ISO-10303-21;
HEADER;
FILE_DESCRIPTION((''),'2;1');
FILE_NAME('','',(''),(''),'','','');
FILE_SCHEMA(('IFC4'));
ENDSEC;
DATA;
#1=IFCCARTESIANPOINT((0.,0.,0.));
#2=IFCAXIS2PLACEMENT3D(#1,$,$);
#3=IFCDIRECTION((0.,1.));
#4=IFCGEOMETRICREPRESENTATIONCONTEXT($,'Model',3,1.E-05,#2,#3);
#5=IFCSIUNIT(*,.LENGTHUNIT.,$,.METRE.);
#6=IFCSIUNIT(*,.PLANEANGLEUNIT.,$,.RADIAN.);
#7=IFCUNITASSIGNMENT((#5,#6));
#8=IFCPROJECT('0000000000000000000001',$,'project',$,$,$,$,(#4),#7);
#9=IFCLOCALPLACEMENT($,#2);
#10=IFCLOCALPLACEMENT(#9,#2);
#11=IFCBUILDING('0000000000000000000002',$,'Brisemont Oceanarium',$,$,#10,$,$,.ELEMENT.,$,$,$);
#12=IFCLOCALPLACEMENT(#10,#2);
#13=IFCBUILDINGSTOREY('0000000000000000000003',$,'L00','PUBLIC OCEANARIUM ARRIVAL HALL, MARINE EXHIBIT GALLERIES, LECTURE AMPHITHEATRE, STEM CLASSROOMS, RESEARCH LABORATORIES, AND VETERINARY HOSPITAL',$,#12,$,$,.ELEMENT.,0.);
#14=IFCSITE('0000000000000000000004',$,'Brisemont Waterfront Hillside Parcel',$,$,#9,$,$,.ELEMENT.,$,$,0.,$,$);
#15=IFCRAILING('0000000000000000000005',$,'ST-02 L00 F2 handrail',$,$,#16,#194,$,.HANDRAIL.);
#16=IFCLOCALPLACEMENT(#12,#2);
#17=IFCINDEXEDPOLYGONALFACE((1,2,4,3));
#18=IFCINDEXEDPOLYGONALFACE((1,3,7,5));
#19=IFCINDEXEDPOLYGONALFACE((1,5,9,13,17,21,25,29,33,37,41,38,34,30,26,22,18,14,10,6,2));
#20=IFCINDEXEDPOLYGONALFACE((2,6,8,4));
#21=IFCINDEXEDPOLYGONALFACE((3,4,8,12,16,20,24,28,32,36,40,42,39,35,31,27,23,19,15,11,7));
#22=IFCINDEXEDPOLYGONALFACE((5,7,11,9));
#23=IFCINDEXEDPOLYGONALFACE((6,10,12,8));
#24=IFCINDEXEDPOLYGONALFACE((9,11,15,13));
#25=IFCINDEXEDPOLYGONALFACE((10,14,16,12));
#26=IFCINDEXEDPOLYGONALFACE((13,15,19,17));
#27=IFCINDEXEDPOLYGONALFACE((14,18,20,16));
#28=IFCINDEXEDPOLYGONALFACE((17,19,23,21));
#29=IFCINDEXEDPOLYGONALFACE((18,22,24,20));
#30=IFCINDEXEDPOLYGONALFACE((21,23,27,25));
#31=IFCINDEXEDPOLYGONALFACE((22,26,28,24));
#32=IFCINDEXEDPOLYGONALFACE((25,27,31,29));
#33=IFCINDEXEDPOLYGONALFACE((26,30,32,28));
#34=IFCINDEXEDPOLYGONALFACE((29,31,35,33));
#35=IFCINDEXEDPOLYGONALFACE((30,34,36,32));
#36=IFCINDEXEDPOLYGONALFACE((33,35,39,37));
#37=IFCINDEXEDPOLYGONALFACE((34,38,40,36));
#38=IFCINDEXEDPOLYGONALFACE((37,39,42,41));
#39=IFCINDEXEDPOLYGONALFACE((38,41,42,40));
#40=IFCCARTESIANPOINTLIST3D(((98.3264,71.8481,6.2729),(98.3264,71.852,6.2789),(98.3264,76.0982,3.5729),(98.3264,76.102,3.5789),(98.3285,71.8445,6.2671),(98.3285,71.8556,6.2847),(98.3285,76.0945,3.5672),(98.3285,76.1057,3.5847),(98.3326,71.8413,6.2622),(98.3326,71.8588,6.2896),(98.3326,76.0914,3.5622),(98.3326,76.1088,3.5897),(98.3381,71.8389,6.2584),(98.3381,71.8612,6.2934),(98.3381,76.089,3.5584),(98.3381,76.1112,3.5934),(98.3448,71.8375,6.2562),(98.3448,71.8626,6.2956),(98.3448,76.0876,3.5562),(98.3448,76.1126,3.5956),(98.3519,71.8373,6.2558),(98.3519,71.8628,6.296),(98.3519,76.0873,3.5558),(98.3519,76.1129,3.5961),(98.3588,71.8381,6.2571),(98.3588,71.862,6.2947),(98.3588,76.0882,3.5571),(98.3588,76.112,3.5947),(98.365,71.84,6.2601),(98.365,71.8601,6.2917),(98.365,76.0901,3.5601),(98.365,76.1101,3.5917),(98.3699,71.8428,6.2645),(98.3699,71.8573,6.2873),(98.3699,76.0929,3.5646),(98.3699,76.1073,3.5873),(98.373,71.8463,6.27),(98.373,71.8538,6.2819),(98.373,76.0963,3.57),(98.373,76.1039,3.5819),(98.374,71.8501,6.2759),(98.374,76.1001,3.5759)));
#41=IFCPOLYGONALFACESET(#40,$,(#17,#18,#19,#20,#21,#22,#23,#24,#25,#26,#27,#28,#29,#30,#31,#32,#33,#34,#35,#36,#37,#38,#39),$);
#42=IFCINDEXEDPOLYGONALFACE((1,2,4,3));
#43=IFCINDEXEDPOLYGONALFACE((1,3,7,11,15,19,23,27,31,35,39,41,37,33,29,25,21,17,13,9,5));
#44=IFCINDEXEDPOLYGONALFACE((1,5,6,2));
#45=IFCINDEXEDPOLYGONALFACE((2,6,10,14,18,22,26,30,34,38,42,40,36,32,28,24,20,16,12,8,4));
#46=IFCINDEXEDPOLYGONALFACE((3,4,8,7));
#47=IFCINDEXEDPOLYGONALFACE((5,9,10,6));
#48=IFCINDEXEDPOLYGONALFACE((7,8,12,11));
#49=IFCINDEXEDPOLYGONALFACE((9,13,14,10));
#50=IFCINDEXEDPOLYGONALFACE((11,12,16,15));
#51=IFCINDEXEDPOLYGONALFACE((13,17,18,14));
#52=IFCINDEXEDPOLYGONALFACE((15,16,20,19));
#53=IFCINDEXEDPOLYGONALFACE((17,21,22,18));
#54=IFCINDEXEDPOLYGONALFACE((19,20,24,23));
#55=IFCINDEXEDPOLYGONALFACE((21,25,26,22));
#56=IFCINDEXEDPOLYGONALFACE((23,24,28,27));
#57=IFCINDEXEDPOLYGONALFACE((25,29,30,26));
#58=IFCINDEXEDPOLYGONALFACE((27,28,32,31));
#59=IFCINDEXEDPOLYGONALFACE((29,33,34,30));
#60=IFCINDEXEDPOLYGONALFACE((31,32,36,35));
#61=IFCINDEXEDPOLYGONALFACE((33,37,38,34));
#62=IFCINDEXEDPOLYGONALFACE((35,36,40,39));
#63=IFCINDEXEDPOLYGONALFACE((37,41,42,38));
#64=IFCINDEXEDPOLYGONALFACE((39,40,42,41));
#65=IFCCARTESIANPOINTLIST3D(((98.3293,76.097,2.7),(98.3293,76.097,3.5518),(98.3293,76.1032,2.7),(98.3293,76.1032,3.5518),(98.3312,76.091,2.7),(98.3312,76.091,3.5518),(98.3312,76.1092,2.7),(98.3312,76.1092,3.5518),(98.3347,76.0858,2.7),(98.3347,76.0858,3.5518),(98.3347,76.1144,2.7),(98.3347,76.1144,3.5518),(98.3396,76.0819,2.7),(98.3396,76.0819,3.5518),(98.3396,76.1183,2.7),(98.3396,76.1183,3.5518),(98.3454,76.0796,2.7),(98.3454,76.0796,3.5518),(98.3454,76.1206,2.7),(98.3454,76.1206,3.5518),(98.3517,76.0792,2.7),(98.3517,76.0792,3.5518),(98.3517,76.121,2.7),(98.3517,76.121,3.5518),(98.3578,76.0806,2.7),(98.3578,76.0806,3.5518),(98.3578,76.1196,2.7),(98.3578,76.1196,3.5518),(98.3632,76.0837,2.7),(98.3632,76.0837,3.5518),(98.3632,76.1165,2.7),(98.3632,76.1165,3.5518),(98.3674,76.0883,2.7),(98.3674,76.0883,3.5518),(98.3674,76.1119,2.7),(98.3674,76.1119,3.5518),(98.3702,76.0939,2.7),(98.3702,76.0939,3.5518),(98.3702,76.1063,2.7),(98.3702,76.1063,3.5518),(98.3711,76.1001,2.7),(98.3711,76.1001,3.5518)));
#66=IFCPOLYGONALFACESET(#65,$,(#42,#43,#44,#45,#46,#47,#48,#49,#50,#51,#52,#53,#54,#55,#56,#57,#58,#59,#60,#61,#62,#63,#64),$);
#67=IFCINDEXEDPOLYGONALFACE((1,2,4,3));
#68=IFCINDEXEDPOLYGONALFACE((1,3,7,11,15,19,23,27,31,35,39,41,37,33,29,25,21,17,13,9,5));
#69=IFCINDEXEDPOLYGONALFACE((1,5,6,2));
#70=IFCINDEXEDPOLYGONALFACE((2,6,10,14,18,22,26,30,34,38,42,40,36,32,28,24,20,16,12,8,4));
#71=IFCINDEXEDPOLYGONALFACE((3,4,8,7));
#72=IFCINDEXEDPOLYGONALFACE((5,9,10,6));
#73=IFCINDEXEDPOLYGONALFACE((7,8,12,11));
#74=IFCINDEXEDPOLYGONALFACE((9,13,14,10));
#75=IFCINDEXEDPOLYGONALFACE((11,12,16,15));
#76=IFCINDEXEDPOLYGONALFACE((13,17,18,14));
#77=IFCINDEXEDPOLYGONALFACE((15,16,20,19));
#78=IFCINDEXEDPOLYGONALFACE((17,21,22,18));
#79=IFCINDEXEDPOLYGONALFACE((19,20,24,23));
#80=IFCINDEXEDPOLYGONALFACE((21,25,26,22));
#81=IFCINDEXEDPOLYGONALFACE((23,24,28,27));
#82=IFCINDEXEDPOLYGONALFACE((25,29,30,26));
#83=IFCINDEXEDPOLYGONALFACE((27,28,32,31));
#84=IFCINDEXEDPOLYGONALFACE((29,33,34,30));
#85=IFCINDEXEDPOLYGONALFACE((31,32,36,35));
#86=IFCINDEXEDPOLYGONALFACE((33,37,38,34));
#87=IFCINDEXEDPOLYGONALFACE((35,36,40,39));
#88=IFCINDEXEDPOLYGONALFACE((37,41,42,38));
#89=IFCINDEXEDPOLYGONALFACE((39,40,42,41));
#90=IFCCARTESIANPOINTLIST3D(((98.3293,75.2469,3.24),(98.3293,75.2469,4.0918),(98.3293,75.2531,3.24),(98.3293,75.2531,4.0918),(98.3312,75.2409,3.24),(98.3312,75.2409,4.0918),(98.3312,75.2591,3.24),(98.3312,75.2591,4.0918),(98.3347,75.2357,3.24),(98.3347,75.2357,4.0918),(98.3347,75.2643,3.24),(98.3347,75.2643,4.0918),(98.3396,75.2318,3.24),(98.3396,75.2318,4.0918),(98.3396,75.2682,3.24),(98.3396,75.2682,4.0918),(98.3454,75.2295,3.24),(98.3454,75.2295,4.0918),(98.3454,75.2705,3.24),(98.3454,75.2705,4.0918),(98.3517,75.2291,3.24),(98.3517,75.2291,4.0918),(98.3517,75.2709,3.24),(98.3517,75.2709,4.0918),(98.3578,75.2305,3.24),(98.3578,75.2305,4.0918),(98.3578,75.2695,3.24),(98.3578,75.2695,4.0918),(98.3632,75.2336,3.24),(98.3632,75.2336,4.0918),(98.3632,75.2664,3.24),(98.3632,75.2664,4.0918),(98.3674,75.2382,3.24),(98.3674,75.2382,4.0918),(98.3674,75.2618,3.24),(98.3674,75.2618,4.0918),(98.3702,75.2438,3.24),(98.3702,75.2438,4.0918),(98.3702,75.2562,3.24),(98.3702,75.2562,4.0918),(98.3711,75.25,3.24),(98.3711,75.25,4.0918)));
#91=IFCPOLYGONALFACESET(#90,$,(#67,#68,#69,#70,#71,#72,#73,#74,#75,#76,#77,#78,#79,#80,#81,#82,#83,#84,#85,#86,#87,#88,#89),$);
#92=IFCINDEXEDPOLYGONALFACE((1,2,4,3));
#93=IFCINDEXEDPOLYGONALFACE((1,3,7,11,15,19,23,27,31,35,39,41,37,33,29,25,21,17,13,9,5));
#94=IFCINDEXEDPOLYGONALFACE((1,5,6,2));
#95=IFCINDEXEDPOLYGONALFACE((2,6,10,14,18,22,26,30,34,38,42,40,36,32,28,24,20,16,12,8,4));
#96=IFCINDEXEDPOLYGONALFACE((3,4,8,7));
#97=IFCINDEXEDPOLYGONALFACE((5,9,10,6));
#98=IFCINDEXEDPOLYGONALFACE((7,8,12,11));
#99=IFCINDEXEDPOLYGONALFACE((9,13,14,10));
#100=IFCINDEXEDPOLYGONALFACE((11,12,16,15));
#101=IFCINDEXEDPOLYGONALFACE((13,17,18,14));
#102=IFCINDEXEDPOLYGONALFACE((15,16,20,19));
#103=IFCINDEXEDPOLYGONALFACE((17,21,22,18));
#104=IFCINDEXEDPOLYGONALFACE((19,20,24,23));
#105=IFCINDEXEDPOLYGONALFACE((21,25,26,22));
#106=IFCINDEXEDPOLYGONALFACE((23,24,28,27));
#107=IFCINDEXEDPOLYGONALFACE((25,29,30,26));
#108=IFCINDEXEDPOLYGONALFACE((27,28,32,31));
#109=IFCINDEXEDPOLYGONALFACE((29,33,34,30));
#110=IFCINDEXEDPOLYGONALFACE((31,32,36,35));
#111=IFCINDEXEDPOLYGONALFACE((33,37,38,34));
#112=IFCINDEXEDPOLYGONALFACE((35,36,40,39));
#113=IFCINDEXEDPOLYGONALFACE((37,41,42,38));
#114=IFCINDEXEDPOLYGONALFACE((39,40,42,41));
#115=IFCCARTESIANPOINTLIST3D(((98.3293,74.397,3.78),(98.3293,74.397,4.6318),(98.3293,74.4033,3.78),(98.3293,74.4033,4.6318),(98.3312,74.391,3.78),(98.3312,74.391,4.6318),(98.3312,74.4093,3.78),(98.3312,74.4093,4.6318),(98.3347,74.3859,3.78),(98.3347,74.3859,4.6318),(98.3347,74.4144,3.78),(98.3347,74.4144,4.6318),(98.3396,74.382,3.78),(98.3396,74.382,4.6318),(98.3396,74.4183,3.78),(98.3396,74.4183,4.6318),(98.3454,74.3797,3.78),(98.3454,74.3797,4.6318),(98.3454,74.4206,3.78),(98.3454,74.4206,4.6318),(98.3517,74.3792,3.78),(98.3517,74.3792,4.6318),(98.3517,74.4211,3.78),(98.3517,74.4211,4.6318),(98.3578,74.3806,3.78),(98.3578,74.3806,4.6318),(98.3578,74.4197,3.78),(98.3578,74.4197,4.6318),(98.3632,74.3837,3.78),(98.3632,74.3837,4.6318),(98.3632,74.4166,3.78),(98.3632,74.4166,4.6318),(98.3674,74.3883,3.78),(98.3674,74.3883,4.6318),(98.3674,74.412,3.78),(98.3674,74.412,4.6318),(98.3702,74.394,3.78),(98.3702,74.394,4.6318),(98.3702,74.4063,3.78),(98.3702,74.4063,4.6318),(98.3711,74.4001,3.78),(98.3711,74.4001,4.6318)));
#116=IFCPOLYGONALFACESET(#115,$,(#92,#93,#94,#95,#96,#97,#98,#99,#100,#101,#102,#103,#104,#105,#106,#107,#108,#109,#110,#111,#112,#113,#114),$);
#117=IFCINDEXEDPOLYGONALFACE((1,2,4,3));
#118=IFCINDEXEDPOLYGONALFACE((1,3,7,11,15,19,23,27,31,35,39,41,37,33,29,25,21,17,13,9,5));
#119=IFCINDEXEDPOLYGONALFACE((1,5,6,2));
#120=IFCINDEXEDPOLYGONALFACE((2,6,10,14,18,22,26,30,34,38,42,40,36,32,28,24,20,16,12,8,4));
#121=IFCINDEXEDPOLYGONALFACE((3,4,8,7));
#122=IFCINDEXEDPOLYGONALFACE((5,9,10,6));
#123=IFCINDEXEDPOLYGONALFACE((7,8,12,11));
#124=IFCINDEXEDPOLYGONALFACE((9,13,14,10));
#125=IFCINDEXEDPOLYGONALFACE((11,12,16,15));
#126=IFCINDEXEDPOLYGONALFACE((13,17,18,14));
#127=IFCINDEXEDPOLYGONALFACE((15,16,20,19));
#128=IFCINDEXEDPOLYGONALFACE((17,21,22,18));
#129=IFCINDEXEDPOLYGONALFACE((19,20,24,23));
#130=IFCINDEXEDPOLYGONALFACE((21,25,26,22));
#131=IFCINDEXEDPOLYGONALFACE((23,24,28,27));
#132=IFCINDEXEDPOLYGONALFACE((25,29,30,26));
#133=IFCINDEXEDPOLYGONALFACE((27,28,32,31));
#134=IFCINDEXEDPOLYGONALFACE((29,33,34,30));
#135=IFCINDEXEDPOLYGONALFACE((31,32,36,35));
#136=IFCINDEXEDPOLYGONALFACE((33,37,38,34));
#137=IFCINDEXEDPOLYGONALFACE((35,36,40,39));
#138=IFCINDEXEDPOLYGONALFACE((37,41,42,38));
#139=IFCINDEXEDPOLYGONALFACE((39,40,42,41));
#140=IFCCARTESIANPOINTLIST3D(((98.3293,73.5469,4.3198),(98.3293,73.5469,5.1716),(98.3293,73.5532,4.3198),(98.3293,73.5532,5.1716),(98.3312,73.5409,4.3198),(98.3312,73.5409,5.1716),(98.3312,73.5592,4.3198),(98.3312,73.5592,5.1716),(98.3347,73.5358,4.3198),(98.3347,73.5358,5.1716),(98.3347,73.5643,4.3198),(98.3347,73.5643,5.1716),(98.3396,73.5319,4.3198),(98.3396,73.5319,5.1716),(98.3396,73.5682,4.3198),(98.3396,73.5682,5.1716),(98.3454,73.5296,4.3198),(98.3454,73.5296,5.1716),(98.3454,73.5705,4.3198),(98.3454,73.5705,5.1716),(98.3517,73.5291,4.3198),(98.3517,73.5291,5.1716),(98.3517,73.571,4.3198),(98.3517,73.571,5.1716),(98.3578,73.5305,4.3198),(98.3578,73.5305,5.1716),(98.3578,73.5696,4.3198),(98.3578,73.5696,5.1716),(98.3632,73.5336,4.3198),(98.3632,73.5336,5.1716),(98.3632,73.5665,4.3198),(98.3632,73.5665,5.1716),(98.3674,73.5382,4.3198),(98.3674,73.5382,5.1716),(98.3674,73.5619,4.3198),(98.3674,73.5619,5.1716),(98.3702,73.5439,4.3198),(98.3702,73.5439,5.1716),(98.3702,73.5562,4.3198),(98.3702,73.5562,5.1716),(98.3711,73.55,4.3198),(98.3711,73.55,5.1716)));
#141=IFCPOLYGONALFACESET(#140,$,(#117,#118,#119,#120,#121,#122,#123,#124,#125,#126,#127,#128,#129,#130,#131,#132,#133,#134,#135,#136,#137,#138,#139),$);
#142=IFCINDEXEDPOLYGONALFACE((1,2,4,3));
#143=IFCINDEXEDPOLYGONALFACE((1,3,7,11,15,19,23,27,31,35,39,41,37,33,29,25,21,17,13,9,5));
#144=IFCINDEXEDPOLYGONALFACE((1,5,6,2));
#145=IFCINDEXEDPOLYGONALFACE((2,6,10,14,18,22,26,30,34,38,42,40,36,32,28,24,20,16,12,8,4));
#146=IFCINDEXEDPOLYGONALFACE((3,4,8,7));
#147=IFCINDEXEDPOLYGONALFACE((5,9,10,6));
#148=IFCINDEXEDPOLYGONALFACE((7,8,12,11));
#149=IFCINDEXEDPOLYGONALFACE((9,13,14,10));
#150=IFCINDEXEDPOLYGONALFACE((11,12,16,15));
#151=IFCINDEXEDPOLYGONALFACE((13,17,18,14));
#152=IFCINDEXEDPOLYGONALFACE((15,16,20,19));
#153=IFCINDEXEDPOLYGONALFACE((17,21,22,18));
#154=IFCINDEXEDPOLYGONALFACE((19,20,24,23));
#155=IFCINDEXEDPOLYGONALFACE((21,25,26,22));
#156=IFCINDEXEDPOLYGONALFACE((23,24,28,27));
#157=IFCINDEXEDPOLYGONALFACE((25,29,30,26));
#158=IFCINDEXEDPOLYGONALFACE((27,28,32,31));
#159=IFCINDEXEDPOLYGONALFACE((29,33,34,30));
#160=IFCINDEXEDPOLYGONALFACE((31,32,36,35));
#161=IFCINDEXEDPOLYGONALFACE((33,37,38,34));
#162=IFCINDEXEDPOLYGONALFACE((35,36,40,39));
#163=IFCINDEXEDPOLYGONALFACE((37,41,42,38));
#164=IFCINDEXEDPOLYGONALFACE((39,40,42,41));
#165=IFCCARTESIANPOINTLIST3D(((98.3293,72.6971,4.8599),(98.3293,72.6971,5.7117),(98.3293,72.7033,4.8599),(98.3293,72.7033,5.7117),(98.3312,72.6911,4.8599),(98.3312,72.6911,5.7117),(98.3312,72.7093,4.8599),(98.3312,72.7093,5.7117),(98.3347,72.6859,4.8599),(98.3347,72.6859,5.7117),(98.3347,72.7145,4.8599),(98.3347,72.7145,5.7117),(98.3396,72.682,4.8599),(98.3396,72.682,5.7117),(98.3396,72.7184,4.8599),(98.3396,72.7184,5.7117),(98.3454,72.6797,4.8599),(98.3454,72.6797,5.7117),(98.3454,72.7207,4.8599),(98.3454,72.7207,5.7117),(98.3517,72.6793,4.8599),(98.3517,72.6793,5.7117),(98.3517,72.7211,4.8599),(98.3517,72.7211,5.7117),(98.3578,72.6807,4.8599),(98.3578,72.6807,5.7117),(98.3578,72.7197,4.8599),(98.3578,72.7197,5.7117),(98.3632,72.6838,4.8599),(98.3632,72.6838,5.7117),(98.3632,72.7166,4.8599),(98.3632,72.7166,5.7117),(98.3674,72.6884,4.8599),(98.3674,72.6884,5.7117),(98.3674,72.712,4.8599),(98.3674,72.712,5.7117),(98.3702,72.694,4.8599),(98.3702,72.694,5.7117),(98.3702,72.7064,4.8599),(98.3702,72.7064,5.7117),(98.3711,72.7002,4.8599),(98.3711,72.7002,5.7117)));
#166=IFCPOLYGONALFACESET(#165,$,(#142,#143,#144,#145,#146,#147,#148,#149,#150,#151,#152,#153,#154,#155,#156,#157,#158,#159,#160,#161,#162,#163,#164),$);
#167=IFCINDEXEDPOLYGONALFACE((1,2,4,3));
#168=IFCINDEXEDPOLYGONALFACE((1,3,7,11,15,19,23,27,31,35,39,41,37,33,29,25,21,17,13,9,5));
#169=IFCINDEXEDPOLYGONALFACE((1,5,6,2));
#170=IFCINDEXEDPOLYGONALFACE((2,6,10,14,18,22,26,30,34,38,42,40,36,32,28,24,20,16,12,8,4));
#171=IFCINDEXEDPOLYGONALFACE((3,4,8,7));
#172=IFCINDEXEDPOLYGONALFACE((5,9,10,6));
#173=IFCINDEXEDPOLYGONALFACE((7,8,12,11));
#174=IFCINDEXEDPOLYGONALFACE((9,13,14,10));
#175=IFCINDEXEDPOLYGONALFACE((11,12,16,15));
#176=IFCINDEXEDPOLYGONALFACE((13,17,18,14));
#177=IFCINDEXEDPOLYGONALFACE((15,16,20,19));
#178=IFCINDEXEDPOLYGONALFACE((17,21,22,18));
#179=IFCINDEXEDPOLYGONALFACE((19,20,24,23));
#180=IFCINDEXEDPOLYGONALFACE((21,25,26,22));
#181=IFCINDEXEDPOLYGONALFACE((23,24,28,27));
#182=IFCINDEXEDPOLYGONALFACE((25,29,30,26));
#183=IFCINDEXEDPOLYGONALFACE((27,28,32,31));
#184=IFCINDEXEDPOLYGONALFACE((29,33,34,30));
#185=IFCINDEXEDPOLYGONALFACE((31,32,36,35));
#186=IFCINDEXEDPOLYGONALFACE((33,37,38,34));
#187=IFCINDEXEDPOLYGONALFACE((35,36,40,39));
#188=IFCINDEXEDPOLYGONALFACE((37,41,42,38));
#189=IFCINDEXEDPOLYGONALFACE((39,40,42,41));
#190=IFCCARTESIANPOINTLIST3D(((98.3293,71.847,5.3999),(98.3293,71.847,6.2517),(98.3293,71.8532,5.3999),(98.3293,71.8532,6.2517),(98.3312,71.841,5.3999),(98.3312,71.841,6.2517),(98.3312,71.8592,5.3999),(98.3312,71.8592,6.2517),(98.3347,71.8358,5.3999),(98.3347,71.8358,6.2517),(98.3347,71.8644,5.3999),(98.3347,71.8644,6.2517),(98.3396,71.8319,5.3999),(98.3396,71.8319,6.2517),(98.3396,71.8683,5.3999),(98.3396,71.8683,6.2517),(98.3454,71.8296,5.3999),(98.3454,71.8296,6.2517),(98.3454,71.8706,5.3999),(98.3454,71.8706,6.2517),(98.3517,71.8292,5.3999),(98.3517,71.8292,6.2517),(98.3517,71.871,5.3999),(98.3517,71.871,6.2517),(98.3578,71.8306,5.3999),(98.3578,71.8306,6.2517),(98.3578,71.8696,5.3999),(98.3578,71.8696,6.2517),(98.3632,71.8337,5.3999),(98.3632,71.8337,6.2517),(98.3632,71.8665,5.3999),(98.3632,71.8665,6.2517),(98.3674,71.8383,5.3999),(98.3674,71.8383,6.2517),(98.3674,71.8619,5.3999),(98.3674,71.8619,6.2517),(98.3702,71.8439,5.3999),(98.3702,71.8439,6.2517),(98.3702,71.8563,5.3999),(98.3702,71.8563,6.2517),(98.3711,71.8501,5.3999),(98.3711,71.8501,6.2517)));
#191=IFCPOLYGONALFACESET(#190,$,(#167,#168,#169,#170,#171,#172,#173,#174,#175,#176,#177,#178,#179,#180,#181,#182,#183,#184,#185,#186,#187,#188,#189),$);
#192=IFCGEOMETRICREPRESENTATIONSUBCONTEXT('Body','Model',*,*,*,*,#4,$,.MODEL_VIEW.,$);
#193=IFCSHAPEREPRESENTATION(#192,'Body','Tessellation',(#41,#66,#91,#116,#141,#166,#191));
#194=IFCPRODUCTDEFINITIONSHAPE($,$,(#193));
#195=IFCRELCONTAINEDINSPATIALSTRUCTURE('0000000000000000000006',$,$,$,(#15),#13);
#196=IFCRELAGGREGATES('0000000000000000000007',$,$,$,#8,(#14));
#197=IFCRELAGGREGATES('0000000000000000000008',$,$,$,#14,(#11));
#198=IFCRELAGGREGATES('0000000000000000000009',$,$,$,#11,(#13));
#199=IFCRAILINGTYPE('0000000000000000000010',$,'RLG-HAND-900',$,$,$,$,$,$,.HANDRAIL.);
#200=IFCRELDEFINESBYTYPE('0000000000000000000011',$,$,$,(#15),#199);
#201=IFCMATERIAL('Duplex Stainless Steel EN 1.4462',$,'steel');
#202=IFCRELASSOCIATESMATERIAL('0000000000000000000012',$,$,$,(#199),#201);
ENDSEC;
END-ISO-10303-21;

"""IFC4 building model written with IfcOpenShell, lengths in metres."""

from ifc_helpers import new_model, si_unit, direction, frame, origin, origin_2d, place, context, subcontext, project, spatial, circle, extrude, material, type_object, element, save


model = new_model("IFC4")

# Units and contexts
model_context = context("Model", 3, precision=1e-05, world=origin(), true_north=direction((0.0, 1.0)))
body_context = subcontext(model_context, "Body", "Model", "MODEL_VIEW")
ifc_project = project(units=[si_unit("LENGTHUNIT", "METRE"), si_unit("PLANEANGLEUNIT", "RADIAN")], contexts=[model_context])

# Site, building, storey
site_placement = place(None, origin())
site = spatial("IfcSite", under=ifc_project, at=site_placement, Name="Brisemont Waterfront Hillside Parcel", CompositionType="ELEMENT", RefElevation=0.0)
building_placement = place(site_placement, origin())
building = spatial("IfcBuilding", under=site, at=building_placement, Name="Brisemont Oceanarium", CompositionType="ELEMENT")
storey_placement = place(building_placement, origin())
storey = spatial("IfcBuildingStorey", under=building, at=storey_placement, Name="L00", Description="PUBLIC OCEANARIUM ARRIVAL HALL, MARINE EXHIBIT GALLERIES, LECTURE AMPHITHEATRE, STEM CLASSROOMS, RESEARCH LABORATORIES, AND VETERINARY HOSPITAL", CompositionType="ELEMENT", Elevation=0.0)

# Railing
ifc_material_1 = material(Name="Duplex Stainless Steel EN 1.4462", Category="steel")
railing_type_1 = type_object("IfcRailingType", Name="RLG-HAND-900", PredefinedType="HANDRAIL", material=ifc_material_1)
railing_1_placement = place(storey_placement, frame((98.3501, 76.1001, 2.7)))
element("IfcRailing", 1, at=railing_1_placement, inside=storey, type_object=railing_type_1, Name="ST-02 L00 F2 handrail", PredefinedType="HANDRAIL", context=body_context, shape_type="SweptSolid", body=[
    extrude(circle(Radius=0.0239, at=origin_2d()), frame((0.0, 0.0, 0.876), z_axis=(0.0, -0.844075, 0.536226), x_axis=(1.0, 0.0, 0.0)), (0.0, 0.0, 1.0), 5.0352),
    extrude(circle(Radius=0.021, at=origin_2d()), origin(), (0.0, 0.0, 1.0), 0.8518),
    extrude(circle(Radius=0.021, at=origin_2d()), frame((0.0, -0.8501, 0.54)), (0.0, 0.0, 1.0), 0.8518),
    extrude(circle(Radius=0.021, at=origin_2d()), frame((0.0, -1.7, 1.0801)), (0.0, 0.0, 1.0), 0.8518),
    extrude(circle(Radius=0.021, at=origin_2d()), frame((0.0, -2.55, 1.6199)), (0.0, 0.0, 1.0), 0.8518),
    extrude(circle(Radius=0.021, at=origin_2d()), frame((0.0, -3.3999, 2.1599)), (0.0, 0.0, 1.0), 0.8518),
    extrude(circle(Radius=0.021, at=origin_2d()), frame((0.0, -4.25, 2.7)), (0.0, 0.0, 1.0), 0.8518),
])

save(model, "model.ifc")
